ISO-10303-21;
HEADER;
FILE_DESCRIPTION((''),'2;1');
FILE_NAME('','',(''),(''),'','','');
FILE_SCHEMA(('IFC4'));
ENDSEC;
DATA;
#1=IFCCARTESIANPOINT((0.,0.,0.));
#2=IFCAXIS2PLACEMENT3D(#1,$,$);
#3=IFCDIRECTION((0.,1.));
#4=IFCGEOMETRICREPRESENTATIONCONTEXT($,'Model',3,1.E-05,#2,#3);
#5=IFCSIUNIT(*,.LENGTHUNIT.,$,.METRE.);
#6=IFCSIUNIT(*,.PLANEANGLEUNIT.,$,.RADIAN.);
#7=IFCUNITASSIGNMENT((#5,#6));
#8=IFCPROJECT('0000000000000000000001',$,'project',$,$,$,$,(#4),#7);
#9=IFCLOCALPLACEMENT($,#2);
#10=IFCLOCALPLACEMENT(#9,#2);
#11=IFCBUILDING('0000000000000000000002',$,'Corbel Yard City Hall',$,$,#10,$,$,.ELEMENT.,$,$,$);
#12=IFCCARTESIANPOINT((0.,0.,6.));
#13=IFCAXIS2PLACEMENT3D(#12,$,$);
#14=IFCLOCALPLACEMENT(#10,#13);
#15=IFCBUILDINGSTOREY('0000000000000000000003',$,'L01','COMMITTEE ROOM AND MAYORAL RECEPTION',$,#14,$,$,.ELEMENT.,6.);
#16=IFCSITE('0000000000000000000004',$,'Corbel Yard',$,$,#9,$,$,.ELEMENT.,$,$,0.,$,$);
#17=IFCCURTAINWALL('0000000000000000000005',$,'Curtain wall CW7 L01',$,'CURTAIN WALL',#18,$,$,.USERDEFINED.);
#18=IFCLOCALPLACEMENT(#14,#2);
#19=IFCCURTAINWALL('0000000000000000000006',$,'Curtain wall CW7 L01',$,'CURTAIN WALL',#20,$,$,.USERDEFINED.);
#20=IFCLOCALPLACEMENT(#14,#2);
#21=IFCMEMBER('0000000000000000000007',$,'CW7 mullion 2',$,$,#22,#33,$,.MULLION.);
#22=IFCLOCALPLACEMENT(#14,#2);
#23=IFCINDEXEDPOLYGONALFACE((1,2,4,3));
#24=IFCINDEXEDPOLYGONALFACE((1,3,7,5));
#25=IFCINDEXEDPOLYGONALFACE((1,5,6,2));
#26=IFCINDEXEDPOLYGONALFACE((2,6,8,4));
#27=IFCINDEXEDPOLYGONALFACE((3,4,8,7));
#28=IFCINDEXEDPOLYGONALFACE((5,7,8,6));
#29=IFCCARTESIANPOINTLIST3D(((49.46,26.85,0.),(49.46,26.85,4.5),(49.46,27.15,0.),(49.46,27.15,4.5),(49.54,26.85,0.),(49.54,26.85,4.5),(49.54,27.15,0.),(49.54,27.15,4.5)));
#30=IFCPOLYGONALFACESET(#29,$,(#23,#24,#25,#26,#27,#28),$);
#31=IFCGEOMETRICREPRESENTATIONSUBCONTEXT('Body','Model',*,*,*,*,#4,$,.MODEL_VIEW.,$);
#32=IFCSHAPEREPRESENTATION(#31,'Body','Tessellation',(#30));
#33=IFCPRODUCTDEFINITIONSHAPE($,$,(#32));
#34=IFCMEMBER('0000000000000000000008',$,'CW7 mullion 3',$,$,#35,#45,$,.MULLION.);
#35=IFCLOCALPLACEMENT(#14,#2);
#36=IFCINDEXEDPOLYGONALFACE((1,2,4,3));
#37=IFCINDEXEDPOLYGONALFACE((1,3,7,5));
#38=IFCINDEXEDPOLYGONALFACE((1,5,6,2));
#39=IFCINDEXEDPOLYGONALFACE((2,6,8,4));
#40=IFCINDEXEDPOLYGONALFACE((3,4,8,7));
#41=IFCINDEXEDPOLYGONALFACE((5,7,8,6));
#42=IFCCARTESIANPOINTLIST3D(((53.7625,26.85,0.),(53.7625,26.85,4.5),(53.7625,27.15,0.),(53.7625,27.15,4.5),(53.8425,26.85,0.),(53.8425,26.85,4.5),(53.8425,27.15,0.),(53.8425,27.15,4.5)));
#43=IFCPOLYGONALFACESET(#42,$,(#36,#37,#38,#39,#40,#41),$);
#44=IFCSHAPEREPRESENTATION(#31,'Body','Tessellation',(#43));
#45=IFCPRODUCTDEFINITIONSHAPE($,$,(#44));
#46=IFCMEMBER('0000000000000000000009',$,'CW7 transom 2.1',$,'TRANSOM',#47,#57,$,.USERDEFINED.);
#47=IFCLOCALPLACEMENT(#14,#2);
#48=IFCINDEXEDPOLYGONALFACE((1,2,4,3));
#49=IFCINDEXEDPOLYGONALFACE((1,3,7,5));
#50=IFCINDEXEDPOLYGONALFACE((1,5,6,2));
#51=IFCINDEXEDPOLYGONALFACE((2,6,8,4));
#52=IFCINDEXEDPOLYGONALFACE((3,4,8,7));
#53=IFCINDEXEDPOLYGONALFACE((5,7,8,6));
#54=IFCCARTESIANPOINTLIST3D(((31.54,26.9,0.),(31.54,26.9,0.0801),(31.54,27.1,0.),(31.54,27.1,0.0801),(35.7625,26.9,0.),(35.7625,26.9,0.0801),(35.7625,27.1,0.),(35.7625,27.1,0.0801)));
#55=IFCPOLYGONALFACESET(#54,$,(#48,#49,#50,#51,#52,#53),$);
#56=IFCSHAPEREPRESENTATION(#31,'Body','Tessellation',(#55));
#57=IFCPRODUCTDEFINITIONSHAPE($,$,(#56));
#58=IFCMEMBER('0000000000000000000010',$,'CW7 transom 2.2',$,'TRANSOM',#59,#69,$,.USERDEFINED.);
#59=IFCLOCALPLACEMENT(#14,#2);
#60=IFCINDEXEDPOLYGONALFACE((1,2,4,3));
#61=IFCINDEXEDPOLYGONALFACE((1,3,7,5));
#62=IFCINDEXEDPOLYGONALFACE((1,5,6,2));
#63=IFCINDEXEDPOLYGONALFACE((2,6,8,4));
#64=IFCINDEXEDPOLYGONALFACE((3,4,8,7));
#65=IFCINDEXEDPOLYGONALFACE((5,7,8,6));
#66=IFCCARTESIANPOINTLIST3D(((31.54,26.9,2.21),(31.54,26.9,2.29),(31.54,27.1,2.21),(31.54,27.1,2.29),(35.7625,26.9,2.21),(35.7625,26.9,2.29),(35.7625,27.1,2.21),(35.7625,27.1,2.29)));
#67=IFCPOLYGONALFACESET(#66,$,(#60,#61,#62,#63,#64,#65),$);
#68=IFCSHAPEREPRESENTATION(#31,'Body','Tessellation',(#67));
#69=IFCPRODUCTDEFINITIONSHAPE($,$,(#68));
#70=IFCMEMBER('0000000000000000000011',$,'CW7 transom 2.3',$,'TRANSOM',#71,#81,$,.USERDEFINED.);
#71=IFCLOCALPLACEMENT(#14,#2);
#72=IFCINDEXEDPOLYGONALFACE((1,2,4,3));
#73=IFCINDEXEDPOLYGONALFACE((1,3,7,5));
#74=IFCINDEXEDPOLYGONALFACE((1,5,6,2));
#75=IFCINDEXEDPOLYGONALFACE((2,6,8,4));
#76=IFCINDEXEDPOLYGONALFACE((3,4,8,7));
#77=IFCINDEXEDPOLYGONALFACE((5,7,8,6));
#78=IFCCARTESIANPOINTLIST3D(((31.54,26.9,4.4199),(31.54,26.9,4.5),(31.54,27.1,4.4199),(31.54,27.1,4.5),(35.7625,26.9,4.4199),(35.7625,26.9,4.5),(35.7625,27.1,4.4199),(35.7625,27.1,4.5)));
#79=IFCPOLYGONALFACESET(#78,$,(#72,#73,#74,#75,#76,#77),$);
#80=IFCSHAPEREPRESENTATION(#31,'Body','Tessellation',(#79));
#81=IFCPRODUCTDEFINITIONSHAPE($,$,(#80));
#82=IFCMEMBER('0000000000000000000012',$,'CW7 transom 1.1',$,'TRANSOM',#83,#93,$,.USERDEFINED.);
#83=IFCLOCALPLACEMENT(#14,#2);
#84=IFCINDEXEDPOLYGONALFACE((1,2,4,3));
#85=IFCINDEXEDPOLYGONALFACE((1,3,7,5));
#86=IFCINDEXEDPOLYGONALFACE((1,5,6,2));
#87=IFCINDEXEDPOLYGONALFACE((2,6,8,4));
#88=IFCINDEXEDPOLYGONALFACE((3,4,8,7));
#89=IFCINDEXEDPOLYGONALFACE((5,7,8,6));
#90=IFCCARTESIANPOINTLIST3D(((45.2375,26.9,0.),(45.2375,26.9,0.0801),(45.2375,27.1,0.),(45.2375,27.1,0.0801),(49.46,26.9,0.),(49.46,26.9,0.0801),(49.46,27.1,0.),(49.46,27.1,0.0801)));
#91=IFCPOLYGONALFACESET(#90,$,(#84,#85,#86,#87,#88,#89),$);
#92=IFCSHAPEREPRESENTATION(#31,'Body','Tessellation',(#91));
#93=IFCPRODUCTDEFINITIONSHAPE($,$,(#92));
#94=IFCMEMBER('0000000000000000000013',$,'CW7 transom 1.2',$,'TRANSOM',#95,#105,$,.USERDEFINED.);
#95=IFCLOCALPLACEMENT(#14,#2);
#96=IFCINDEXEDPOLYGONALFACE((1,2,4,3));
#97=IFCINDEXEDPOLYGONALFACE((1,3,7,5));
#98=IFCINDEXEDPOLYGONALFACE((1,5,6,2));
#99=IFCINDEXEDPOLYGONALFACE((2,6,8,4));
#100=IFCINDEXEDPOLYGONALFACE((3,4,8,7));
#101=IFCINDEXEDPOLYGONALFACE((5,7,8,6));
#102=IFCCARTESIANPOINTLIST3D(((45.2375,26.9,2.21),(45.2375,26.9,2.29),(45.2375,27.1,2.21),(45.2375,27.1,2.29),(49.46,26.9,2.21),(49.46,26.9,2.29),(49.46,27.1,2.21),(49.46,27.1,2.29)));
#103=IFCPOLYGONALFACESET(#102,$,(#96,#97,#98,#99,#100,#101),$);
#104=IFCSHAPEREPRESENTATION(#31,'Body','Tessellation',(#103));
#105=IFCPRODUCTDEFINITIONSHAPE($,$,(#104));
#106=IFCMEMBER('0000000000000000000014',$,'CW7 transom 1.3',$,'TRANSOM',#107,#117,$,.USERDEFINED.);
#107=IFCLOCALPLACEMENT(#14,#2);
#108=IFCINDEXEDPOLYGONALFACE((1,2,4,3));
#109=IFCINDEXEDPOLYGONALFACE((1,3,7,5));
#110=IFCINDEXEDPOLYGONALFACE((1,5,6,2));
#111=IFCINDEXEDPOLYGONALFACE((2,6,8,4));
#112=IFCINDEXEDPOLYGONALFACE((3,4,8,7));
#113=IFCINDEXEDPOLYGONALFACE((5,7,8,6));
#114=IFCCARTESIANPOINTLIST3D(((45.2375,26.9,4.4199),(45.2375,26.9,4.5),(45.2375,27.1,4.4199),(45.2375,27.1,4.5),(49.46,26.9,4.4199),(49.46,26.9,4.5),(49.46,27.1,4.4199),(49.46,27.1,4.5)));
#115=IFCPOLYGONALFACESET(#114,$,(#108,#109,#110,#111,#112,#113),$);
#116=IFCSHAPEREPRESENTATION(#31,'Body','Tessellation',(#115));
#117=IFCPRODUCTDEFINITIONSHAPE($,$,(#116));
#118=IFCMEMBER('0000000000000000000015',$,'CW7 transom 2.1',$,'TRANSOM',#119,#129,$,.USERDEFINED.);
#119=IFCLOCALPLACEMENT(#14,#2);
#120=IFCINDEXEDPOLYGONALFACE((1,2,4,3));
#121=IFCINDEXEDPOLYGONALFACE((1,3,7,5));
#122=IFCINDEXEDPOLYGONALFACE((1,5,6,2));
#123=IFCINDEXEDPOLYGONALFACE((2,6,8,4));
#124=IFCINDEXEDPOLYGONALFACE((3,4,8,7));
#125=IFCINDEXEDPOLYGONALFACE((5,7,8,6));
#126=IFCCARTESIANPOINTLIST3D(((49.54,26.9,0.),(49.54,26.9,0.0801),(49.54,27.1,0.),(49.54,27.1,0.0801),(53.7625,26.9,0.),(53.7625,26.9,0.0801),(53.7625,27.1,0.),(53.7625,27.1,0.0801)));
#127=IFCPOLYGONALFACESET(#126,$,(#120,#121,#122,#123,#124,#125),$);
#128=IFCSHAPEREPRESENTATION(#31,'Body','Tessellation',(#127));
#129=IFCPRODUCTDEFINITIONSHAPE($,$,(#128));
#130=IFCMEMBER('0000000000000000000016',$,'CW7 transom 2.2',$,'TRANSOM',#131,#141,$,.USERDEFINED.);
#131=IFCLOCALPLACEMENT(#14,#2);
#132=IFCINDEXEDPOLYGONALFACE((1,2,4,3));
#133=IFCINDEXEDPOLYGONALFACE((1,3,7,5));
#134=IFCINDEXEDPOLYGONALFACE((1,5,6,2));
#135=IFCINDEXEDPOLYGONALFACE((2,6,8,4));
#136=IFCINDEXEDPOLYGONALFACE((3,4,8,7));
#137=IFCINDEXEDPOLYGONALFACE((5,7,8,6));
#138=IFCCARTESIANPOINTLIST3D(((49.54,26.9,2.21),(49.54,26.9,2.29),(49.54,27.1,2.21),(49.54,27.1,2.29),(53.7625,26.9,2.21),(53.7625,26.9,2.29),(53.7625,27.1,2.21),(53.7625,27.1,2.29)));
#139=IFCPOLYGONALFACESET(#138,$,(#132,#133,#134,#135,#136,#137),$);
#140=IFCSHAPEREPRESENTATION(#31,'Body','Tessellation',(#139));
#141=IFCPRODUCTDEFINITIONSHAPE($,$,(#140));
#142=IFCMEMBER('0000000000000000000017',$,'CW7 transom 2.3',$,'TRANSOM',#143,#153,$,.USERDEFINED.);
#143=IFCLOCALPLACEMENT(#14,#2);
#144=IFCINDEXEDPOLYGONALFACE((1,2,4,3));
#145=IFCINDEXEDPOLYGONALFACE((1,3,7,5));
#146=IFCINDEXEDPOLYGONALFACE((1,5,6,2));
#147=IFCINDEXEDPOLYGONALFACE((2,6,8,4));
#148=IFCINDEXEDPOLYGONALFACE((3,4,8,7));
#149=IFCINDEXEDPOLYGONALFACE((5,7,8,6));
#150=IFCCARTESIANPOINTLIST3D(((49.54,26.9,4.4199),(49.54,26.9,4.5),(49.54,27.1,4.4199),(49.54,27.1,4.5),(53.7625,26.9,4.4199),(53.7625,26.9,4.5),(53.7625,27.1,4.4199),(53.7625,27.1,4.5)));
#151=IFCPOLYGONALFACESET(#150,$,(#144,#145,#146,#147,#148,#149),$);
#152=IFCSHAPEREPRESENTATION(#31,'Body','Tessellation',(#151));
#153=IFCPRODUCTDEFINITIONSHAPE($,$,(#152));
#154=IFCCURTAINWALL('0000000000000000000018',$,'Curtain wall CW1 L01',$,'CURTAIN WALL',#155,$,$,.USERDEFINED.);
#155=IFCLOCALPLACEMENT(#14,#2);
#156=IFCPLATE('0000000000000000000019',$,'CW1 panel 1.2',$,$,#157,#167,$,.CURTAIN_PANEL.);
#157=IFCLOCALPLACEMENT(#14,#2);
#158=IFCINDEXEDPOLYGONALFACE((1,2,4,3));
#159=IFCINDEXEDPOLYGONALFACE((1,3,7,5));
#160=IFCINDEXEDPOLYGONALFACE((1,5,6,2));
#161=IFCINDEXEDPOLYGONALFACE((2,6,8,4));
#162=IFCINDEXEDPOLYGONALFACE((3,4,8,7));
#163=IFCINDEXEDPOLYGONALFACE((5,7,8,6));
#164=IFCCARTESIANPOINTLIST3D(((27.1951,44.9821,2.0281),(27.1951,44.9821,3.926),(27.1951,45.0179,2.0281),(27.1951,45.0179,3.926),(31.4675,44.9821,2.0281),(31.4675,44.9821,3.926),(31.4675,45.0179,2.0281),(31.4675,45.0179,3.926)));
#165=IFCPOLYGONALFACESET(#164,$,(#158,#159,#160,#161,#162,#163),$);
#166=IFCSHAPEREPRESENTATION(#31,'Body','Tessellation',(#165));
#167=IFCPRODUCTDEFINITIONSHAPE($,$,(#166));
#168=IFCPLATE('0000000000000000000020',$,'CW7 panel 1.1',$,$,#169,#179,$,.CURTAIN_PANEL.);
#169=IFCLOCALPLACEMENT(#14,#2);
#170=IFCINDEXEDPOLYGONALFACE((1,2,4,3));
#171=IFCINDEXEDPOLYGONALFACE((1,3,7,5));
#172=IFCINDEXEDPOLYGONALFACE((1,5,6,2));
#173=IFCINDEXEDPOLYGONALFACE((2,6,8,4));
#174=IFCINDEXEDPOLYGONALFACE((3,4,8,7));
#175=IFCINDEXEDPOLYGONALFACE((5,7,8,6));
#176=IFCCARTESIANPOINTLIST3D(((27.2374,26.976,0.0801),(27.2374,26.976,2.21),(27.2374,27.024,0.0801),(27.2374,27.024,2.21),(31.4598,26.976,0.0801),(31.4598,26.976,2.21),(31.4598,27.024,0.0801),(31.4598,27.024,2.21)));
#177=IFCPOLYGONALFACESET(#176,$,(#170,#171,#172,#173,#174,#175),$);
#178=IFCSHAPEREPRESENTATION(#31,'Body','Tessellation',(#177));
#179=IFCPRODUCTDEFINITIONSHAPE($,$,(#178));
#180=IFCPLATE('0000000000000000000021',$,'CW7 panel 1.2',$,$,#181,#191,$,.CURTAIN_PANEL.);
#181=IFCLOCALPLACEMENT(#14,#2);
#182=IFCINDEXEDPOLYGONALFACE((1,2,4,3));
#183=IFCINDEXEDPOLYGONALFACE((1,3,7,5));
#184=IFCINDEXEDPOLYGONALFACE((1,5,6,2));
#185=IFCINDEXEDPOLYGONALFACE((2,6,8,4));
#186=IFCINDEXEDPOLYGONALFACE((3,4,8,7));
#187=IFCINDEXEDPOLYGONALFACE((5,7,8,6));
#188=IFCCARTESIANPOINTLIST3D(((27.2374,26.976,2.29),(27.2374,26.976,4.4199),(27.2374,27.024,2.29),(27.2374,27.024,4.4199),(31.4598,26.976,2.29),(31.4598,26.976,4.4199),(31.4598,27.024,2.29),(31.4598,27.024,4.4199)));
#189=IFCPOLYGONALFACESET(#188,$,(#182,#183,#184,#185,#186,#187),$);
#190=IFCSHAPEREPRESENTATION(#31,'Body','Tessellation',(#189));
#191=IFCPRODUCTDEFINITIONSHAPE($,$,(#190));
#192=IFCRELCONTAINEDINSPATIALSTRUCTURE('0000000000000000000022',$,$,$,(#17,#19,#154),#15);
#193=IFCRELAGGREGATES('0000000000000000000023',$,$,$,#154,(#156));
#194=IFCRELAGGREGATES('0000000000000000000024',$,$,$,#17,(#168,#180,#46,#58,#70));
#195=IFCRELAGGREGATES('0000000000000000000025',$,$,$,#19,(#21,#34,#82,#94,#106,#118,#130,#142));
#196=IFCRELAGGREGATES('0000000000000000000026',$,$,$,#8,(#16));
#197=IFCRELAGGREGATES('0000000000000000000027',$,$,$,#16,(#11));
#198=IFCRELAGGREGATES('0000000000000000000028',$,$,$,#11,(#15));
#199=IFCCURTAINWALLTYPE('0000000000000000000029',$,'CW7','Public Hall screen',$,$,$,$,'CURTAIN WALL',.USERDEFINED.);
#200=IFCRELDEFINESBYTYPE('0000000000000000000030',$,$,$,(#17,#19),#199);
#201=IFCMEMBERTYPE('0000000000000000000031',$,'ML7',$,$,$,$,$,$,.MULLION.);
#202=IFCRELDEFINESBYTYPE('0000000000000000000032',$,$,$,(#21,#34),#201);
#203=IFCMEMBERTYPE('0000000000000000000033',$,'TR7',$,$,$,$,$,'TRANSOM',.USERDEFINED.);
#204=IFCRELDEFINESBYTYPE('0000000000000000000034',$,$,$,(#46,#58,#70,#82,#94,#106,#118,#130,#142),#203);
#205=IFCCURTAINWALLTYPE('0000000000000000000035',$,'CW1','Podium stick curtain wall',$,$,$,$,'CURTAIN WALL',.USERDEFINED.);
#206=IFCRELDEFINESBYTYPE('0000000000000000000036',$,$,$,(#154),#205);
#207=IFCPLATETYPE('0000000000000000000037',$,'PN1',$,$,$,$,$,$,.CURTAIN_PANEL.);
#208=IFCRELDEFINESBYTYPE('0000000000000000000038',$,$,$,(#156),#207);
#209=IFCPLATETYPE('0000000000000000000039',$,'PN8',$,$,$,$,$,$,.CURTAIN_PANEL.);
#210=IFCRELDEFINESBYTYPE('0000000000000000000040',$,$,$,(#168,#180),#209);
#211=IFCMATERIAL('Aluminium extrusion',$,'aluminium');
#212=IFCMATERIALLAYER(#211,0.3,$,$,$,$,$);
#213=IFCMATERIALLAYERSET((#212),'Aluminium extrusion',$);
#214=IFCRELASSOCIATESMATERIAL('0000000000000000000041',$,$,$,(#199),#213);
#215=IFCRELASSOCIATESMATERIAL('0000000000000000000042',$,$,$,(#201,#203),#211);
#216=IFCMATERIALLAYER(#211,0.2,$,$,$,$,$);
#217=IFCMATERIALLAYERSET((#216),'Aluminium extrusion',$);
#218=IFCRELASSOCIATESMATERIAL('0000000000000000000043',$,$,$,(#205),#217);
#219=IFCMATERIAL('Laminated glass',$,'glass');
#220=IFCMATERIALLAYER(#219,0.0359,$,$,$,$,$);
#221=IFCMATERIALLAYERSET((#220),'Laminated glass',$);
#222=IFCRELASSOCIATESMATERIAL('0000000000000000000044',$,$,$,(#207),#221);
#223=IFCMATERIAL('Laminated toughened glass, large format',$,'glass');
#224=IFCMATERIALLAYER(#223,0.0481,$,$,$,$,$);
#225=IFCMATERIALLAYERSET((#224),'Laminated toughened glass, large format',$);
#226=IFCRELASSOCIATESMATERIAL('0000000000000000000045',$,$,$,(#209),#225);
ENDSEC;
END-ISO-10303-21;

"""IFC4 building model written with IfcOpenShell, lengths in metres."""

from ifc_helpers import new_model, si_unit, direction, frame, origin, origin_2d, place, context, subcontext, project, spatial, rectangle, extrude, material, layer, layer_set, material_profile, profile_set, type_object, element, aggregate, save


model = new_model("IFC4")

# Units and contexts
model_context = context("Model", 3, precision=1e-05, world=origin(), true_north=direction((0.0, 1.0)))
body_context = subcontext(model_context, "Body", "Model", "MODEL_VIEW")
ifc_project = project(units=[si_unit("LENGTHUNIT", "METRE"), si_unit("PLANEANGLEUNIT", "RADIAN")], contexts=[model_context])

# Site, building, storey
site_placement = place(None, origin())
site = spatial("IfcSite", under=ifc_project, at=site_placement, Name="Corbel Yard", CompositionType="ELEMENT", RefElevation=0.0)
building_placement = place(site_placement, origin())
building = spatial("IfcBuilding", under=site, at=building_placement, Name="Corbel Yard City Hall", CompositionType="ELEMENT")
storey_placement = place(building_placement, frame((0.0, 0.0, 6.0)))
storey = spatial("IfcBuildingStorey", under=building, at=storey_placement, Name="L01", Description="COMMITTEE ROOM AND MAYORAL RECEPTION", CompositionType="ELEMENT", Elevation=6.0)

# Curtain walls, members
ifc_material_1 = material(Name="Aluminium extrusion", Category="aluminium")
ifc_layer_1 = layer(ifc_material_1, 0.3)
ifc_layer_set_1 = layer_set([ifc_layer_1], Name="Aluminium extrusion")
curtain_wall_type_1 = type_object("IfcCurtainWallType", Name="CW7", Description="Public Hall screen", ElementType="CURTAIN WALL", PredefinedType="USERDEFINED", material=ifc_layer_set_1)
curtain_wall_1_placement = place(storey_placement, origin())
curtain_wall_1 = element("IfcCurtainWall", 1, at=curtain_wall_1_placement, inside=storey, type_object=curtain_wall_type_1, Name="Curtain wall CW7 L01", ObjectType="CURTAIN WALL", PredefinedType="USERDEFINED")
ifc_material_profile_1 = material_profile(ifc_material_1, rectangle(XDim=0.3, YDim=0.0801, at=origin_2d()), Name="300x80")
ifc_profile_set_1 = profile_set([ifc_material_profile_1], Name="Aluminium extrusion")
member_type_1 = type_object("IfcMemberType", Name="ML7", PredefinedType="MULLION", material=ifc_profile_set_1)
curtain_wall_2_placement = place(storey_placement, origin())
curtain_wall_2 = element("IfcCurtainWall", 2, at=curtain_wall_2_placement, inside=storey, type_object=curtain_wall_type_1, Name="Curtain wall CW7 L01", ObjectType="CURTAIN WALL", PredefinedType="USERDEFINED")
member_1_placement = place(storey_placement, frame((49.5, 27.0, 0.0), z_axis=(0.0, 0.0, 1.0), x_axis=(0.0, 1.0, 0.0)))
member_1 = element("IfcMember", 3, at=member_1_placement, type_object=member_type_1, Name="CW7 mullion 2", PredefinedType="MULLION", context=body_context, shape_type="SweptSolid", body=[
    extrude(rectangle(XDim=0.3, YDim=0.0801, at=origin_2d()), origin(), (0.0, 0.0, 1.0), 4.5),
])
member_2_placement = place(storey_placement, frame((53.8025, 27.0, 0.0), z_axis=(0.0, 0.0, 1.0), x_axis=(0.0, 1.0, 0.0)))
member_2 = element("IfcMember", 4, at=member_2_placement, type_object=member_type_1, Name="CW7 mullion 3", PredefinedType="MULLION", context=body_context, shape_type="SweptSolid", body=[
    extrude(rectangle(XDim=0.3, YDim=0.0801, at=origin_2d()), origin(), (0.0, 0.0, 1.0), 4.5),
])

# Members
ifc_material_profile_2 = material_profile(ifc_material_1, rectangle(XDim=0.2, YDim=0.0801, at=origin_2d()), Name="200x80")
ifc_profile_set_2 = profile_set([ifc_material_profile_2], Name="Aluminium extrusion")
member_type_2 = type_object("IfcMemberType", Name="TR7", ElementType="TRANSOM", PredefinedType="USERDEFINED", material=ifc_profile_set_2)
member_3_placement = place(storey_placement, frame((31.54, 27.0, 0.04), z_axis=(1.0, 0.0, 0.0), x_axis=(0.0, 1.0, 0.0)))
member_3 = element("IfcMember", 5, at=member_3_placement, type_object=member_type_2, Name="CW7 transom 2.1", ObjectType="TRANSOM", PredefinedType="USERDEFINED", context=body_context, shape_type="SweptSolid", body=[
    extrude(rectangle(XDim=0.2, YDim=0.0801, at=origin_2d()), origin(), (0.0, 0.0, 1.0), 4.2224),
])
member_4_placement = place(storey_placement, frame((31.54, 27.0, 2.25), z_axis=(1.0, 0.0, 0.0), x_axis=(0.0, 1.0, 0.0)))
member_4 = element("IfcMember", 6, at=member_4_placement, type_object=member_type_2, Name="CW7 transom 2.2", ObjectType="TRANSOM", PredefinedType="USERDEFINED", context=body_context, shape_type="SweptSolid", body=[
    extrude(rectangle(XDim=0.2, YDim=0.0801, at=origin_2d()), origin(), (0.0, 0.0, 1.0), 4.2224),
])
member_5_placement = place(storey_placement, frame((31.54, 27.0, 4.46), z_axis=(1.0, 0.0, 0.0), x_axis=(0.0, 1.0, 0.0)))
member_5 = element("IfcMember", 7, at=member_5_placement, type_object=member_type_2, Name="CW7 transom 2.3", ObjectType="TRANSOM", PredefinedType="USERDEFINED", context=body_context, shape_type="SweptSolid", body=[
    extrude(rectangle(XDim=0.2, YDim=0.0801, at=origin_2d()), origin(), (0.0, 0.0, 1.0), 4.2224),
])
member_6_placement = place(storey_placement, frame((45.2375, 27.0, 0.04), z_axis=(1.0, 0.0, 0.0), x_axis=(0.0, 1.0, 0.0)))
member_6 = element("IfcMember", 8, at=member_6_placement, type_object=member_type_2, Name="CW7 transom 1.1", ObjectType="TRANSOM", PredefinedType="USERDEFINED", context=body_context, shape_type="SweptSolid", body=[
    extrude(rectangle(XDim=0.2, YDim=0.0801, at=origin_2d()), origin(), (0.0, 0.0, 1.0), 4.2224),
])
member_7_placement = place(storey_placement, frame((45.2375, 27.0, 2.25), z_axis=(1.0, 0.0, 0.0), x_axis=(0.0, 1.0, 0.0)))
member_7 = element("IfcMember", 9, at=member_7_placement, type_object=member_type_2, Name="CW7 transom 1.2", ObjectType="TRANSOM", PredefinedType="USERDEFINED", context=body_context, shape_type="SweptSolid", body=[
    extrude(rectangle(XDim=0.2, YDim=0.0801, at=origin_2d()), origin(), (0.0, 0.0, 1.0), 4.2224),
])
member_8_placement = place(storey_placement, frame((45.2375, 27.0, 4.46), z_axis=(1.0, 0.0, 0.0), x_axis=(0.0, 1.0, 0.0)))
member_8 = element("IfcMember", 10, at=member_8_placement, type_object=member_type_2, Name="CW7 transom 1.3", ObjectType="TRANSOM", PredefinedType="USERDEFINED", context=body_context, shape_type="SweptSolid", body=[
    extrude(rectangle(XDim=0.2, YDim=0.0801, at=origin_2d()), origin(), (0.0, 0.0, 1.0), 4.2224),
])
member_9_placement = place(storey_placement, frame((49.54, 27.0, 0.04), z_axis=(1.0, 0.0, 0.0), x_axis=(0.0, 1.0, 0.0)))
member_9 = element("IfcMember", 11, at=member_9_placement, type_object=member_type_2, Name="CW7 transom 2.1", ObjectType="TRANSOM", PredefinedType="USERDEFINED", context=body_context, shape_type="SweptSolid", body=[
    extrude(rectangle(XDim=0.2, YDim=0.0801, at=origin_2d()), origin(), (0.0, 0.0, 1.0), 4.2224),
])
member_10_placement = place(storey_placement, frame((49.54, 27.0, 2.25), z_axis=(1.0, 0.0, 0.0), x_axis=(0.0, 1.0, 0.0)))
member_10 = element("IfcMember", 12, at=member_10_placement, type_object=member_type_2, Name="CW7 transom 2.2", ObjectType="TRANSOM", PredefinedType="USERDEFINED", context=body_context, shape_type="SweptSolid", body=[
    extrude(rectangle(XDim=0.2, YDim=0.0801, at=origin_2d()), origin(), (0.0, 0.0, 1.0), 4.2224),
])
member_11_placement = place(storey_placement, frame((49.54, 27.0, 4.46), z_axis=(1.0, 0.0, 0.0), x_axis=(0.0, 1.0, 0.0)))
member_11 = element("IfcMember", 13, at=member_11_placement, type_object=member_type_2, Name="CW7 transom 2.3", ObjectType="TRANSOM", PredefinedType="USERDEFINED", context=body_context, shape_type="SweptSolid", body=[
    extrude(rectangle(XDim=0.2, YDim=0.0801, at=origin_2d()), origin(), (0.0, 0.0, 1.0), 4.2224),
])

# Curtain wall, plate
ifc_layer_2 = layer(ifc_material_1, 0.2)
ifc_layer_set_2 = layer_set([ifc_layer_2], Name="Aluminium extrusion")
curtain_wall_type_2 = type_object("IfcCurtainWallType", Name="CW1", Description="Podium stick curtain wall", ElementType="CURTAIN WALL", PredefinedType="USERDEFINED", material=ifc_layer_set_2)
curtain_wall_3_placement = place(storey_placement, origin())
curtain_wall_3 = element("IfcCurtainWall", 14, at=curtain_wall_3_placement, inside=storey, type_object=curtain_wall_type_2, Name="Curtain wall CW1 L01", ObjectType="CURTAIN WALL", PredefinedType="USERDEFINED")
ifc_material_2 = material(Name="Laminated glass", Category="glass")
ifc_layer_3 = layer(ifc_material_2, 0.0359)
ifc_layer_set_3 = layer_set([ifc_layer_3], Name="Laminated glass")
plate_type_1 = type_object("IfcPlateType", Name="PN1", PredefinedType="CURTAIN_PANEL", material=ifc_layer_set_3)
plate_1_placement = place(storey_placement, frame((29.3313, 45.0, 2.0281), z_axis=(0.0, 0.0, 1.0), x_axis=(1.0, 0.0, 0.0)))
plate_1 = element("IfcPlate", 15, at=plate_1_placement, type_object=plate_type_1, Name="CW1 panel 1.2", PredefinedType="CURTAIN_PANEL", context=body_context, shape_type="SweptSolid", body=[
    extrude(rectangle(XDim=4.2725, YDim=0.0359, at=origin_2d()), origin(), (0.0, 0.0, 1.0), 1.8979),
])
aggregate(curtain_wall_3, [plate_1])

# Plates
ifc_material_3 = material(Name="Laminated toughened glass, large format", Category="glass")
ifc_layer_4 = layer(ifc_material_3, 0.0481)
ifc_layer_set_4 = layer_set([ifc_layer_4], Name="Laminated toughened glass, large format")
plate_type_2 = type_object("IfcPlateType", Name="PN8", PredefinedType="CURTAIN_PANEL", material=ifc_layer_set_4)
plate_2_placement = place(storey_placement, frame((29.3486, 27.0, 0.0801), z_axis=(0.0, 0.0, 1.0), x_axis=(1.0, 0.0, 0.0)))
plate_2 = element("IfcPlate", 16, at=plate_2_placement, type_object=plate_type_2, Name="CW7 panel 1.1", PredefinedType="CURTAIN_PANEL", context=body_context, shape_type="SweptSolid", body=[
    extrude(rectangle(XDim=4.2224, YDim=0.0481, at=origin_2d()), origin(), (0.0, 0.0, 1.0), 2.1299),
])
plate_3_placement = place(storey_placement, frame((29.3486, 27.0, 2.29), z_axis=(0.0, 0.0, 1.0), x_axis=(1.0, 0.0, 0.0)))
plate_3 = element("IfcPlate", 17, at=plate_3_placement, type_object=plate_type_2, Name="CW7 panel 1.2", PredefinedType="CURTAIN_PANEL", context=body_context, shape_type="SweptSolid", body=[
    extrude(rectangle(XDim=4.2224, YDim=0.0481, at=origin_2d()), origin(), (0.0, 0.0, 1.0), 2.1299),
])
aggregate(curtain_wall_1, [plate_2, plate_3, member_3, member_4, member_5])
aggregate(curtain_wall_2, [member_1, member_2, member_6, member_7, member_8, member_9, member_10, member_11])

save(model, "model.ifc")
